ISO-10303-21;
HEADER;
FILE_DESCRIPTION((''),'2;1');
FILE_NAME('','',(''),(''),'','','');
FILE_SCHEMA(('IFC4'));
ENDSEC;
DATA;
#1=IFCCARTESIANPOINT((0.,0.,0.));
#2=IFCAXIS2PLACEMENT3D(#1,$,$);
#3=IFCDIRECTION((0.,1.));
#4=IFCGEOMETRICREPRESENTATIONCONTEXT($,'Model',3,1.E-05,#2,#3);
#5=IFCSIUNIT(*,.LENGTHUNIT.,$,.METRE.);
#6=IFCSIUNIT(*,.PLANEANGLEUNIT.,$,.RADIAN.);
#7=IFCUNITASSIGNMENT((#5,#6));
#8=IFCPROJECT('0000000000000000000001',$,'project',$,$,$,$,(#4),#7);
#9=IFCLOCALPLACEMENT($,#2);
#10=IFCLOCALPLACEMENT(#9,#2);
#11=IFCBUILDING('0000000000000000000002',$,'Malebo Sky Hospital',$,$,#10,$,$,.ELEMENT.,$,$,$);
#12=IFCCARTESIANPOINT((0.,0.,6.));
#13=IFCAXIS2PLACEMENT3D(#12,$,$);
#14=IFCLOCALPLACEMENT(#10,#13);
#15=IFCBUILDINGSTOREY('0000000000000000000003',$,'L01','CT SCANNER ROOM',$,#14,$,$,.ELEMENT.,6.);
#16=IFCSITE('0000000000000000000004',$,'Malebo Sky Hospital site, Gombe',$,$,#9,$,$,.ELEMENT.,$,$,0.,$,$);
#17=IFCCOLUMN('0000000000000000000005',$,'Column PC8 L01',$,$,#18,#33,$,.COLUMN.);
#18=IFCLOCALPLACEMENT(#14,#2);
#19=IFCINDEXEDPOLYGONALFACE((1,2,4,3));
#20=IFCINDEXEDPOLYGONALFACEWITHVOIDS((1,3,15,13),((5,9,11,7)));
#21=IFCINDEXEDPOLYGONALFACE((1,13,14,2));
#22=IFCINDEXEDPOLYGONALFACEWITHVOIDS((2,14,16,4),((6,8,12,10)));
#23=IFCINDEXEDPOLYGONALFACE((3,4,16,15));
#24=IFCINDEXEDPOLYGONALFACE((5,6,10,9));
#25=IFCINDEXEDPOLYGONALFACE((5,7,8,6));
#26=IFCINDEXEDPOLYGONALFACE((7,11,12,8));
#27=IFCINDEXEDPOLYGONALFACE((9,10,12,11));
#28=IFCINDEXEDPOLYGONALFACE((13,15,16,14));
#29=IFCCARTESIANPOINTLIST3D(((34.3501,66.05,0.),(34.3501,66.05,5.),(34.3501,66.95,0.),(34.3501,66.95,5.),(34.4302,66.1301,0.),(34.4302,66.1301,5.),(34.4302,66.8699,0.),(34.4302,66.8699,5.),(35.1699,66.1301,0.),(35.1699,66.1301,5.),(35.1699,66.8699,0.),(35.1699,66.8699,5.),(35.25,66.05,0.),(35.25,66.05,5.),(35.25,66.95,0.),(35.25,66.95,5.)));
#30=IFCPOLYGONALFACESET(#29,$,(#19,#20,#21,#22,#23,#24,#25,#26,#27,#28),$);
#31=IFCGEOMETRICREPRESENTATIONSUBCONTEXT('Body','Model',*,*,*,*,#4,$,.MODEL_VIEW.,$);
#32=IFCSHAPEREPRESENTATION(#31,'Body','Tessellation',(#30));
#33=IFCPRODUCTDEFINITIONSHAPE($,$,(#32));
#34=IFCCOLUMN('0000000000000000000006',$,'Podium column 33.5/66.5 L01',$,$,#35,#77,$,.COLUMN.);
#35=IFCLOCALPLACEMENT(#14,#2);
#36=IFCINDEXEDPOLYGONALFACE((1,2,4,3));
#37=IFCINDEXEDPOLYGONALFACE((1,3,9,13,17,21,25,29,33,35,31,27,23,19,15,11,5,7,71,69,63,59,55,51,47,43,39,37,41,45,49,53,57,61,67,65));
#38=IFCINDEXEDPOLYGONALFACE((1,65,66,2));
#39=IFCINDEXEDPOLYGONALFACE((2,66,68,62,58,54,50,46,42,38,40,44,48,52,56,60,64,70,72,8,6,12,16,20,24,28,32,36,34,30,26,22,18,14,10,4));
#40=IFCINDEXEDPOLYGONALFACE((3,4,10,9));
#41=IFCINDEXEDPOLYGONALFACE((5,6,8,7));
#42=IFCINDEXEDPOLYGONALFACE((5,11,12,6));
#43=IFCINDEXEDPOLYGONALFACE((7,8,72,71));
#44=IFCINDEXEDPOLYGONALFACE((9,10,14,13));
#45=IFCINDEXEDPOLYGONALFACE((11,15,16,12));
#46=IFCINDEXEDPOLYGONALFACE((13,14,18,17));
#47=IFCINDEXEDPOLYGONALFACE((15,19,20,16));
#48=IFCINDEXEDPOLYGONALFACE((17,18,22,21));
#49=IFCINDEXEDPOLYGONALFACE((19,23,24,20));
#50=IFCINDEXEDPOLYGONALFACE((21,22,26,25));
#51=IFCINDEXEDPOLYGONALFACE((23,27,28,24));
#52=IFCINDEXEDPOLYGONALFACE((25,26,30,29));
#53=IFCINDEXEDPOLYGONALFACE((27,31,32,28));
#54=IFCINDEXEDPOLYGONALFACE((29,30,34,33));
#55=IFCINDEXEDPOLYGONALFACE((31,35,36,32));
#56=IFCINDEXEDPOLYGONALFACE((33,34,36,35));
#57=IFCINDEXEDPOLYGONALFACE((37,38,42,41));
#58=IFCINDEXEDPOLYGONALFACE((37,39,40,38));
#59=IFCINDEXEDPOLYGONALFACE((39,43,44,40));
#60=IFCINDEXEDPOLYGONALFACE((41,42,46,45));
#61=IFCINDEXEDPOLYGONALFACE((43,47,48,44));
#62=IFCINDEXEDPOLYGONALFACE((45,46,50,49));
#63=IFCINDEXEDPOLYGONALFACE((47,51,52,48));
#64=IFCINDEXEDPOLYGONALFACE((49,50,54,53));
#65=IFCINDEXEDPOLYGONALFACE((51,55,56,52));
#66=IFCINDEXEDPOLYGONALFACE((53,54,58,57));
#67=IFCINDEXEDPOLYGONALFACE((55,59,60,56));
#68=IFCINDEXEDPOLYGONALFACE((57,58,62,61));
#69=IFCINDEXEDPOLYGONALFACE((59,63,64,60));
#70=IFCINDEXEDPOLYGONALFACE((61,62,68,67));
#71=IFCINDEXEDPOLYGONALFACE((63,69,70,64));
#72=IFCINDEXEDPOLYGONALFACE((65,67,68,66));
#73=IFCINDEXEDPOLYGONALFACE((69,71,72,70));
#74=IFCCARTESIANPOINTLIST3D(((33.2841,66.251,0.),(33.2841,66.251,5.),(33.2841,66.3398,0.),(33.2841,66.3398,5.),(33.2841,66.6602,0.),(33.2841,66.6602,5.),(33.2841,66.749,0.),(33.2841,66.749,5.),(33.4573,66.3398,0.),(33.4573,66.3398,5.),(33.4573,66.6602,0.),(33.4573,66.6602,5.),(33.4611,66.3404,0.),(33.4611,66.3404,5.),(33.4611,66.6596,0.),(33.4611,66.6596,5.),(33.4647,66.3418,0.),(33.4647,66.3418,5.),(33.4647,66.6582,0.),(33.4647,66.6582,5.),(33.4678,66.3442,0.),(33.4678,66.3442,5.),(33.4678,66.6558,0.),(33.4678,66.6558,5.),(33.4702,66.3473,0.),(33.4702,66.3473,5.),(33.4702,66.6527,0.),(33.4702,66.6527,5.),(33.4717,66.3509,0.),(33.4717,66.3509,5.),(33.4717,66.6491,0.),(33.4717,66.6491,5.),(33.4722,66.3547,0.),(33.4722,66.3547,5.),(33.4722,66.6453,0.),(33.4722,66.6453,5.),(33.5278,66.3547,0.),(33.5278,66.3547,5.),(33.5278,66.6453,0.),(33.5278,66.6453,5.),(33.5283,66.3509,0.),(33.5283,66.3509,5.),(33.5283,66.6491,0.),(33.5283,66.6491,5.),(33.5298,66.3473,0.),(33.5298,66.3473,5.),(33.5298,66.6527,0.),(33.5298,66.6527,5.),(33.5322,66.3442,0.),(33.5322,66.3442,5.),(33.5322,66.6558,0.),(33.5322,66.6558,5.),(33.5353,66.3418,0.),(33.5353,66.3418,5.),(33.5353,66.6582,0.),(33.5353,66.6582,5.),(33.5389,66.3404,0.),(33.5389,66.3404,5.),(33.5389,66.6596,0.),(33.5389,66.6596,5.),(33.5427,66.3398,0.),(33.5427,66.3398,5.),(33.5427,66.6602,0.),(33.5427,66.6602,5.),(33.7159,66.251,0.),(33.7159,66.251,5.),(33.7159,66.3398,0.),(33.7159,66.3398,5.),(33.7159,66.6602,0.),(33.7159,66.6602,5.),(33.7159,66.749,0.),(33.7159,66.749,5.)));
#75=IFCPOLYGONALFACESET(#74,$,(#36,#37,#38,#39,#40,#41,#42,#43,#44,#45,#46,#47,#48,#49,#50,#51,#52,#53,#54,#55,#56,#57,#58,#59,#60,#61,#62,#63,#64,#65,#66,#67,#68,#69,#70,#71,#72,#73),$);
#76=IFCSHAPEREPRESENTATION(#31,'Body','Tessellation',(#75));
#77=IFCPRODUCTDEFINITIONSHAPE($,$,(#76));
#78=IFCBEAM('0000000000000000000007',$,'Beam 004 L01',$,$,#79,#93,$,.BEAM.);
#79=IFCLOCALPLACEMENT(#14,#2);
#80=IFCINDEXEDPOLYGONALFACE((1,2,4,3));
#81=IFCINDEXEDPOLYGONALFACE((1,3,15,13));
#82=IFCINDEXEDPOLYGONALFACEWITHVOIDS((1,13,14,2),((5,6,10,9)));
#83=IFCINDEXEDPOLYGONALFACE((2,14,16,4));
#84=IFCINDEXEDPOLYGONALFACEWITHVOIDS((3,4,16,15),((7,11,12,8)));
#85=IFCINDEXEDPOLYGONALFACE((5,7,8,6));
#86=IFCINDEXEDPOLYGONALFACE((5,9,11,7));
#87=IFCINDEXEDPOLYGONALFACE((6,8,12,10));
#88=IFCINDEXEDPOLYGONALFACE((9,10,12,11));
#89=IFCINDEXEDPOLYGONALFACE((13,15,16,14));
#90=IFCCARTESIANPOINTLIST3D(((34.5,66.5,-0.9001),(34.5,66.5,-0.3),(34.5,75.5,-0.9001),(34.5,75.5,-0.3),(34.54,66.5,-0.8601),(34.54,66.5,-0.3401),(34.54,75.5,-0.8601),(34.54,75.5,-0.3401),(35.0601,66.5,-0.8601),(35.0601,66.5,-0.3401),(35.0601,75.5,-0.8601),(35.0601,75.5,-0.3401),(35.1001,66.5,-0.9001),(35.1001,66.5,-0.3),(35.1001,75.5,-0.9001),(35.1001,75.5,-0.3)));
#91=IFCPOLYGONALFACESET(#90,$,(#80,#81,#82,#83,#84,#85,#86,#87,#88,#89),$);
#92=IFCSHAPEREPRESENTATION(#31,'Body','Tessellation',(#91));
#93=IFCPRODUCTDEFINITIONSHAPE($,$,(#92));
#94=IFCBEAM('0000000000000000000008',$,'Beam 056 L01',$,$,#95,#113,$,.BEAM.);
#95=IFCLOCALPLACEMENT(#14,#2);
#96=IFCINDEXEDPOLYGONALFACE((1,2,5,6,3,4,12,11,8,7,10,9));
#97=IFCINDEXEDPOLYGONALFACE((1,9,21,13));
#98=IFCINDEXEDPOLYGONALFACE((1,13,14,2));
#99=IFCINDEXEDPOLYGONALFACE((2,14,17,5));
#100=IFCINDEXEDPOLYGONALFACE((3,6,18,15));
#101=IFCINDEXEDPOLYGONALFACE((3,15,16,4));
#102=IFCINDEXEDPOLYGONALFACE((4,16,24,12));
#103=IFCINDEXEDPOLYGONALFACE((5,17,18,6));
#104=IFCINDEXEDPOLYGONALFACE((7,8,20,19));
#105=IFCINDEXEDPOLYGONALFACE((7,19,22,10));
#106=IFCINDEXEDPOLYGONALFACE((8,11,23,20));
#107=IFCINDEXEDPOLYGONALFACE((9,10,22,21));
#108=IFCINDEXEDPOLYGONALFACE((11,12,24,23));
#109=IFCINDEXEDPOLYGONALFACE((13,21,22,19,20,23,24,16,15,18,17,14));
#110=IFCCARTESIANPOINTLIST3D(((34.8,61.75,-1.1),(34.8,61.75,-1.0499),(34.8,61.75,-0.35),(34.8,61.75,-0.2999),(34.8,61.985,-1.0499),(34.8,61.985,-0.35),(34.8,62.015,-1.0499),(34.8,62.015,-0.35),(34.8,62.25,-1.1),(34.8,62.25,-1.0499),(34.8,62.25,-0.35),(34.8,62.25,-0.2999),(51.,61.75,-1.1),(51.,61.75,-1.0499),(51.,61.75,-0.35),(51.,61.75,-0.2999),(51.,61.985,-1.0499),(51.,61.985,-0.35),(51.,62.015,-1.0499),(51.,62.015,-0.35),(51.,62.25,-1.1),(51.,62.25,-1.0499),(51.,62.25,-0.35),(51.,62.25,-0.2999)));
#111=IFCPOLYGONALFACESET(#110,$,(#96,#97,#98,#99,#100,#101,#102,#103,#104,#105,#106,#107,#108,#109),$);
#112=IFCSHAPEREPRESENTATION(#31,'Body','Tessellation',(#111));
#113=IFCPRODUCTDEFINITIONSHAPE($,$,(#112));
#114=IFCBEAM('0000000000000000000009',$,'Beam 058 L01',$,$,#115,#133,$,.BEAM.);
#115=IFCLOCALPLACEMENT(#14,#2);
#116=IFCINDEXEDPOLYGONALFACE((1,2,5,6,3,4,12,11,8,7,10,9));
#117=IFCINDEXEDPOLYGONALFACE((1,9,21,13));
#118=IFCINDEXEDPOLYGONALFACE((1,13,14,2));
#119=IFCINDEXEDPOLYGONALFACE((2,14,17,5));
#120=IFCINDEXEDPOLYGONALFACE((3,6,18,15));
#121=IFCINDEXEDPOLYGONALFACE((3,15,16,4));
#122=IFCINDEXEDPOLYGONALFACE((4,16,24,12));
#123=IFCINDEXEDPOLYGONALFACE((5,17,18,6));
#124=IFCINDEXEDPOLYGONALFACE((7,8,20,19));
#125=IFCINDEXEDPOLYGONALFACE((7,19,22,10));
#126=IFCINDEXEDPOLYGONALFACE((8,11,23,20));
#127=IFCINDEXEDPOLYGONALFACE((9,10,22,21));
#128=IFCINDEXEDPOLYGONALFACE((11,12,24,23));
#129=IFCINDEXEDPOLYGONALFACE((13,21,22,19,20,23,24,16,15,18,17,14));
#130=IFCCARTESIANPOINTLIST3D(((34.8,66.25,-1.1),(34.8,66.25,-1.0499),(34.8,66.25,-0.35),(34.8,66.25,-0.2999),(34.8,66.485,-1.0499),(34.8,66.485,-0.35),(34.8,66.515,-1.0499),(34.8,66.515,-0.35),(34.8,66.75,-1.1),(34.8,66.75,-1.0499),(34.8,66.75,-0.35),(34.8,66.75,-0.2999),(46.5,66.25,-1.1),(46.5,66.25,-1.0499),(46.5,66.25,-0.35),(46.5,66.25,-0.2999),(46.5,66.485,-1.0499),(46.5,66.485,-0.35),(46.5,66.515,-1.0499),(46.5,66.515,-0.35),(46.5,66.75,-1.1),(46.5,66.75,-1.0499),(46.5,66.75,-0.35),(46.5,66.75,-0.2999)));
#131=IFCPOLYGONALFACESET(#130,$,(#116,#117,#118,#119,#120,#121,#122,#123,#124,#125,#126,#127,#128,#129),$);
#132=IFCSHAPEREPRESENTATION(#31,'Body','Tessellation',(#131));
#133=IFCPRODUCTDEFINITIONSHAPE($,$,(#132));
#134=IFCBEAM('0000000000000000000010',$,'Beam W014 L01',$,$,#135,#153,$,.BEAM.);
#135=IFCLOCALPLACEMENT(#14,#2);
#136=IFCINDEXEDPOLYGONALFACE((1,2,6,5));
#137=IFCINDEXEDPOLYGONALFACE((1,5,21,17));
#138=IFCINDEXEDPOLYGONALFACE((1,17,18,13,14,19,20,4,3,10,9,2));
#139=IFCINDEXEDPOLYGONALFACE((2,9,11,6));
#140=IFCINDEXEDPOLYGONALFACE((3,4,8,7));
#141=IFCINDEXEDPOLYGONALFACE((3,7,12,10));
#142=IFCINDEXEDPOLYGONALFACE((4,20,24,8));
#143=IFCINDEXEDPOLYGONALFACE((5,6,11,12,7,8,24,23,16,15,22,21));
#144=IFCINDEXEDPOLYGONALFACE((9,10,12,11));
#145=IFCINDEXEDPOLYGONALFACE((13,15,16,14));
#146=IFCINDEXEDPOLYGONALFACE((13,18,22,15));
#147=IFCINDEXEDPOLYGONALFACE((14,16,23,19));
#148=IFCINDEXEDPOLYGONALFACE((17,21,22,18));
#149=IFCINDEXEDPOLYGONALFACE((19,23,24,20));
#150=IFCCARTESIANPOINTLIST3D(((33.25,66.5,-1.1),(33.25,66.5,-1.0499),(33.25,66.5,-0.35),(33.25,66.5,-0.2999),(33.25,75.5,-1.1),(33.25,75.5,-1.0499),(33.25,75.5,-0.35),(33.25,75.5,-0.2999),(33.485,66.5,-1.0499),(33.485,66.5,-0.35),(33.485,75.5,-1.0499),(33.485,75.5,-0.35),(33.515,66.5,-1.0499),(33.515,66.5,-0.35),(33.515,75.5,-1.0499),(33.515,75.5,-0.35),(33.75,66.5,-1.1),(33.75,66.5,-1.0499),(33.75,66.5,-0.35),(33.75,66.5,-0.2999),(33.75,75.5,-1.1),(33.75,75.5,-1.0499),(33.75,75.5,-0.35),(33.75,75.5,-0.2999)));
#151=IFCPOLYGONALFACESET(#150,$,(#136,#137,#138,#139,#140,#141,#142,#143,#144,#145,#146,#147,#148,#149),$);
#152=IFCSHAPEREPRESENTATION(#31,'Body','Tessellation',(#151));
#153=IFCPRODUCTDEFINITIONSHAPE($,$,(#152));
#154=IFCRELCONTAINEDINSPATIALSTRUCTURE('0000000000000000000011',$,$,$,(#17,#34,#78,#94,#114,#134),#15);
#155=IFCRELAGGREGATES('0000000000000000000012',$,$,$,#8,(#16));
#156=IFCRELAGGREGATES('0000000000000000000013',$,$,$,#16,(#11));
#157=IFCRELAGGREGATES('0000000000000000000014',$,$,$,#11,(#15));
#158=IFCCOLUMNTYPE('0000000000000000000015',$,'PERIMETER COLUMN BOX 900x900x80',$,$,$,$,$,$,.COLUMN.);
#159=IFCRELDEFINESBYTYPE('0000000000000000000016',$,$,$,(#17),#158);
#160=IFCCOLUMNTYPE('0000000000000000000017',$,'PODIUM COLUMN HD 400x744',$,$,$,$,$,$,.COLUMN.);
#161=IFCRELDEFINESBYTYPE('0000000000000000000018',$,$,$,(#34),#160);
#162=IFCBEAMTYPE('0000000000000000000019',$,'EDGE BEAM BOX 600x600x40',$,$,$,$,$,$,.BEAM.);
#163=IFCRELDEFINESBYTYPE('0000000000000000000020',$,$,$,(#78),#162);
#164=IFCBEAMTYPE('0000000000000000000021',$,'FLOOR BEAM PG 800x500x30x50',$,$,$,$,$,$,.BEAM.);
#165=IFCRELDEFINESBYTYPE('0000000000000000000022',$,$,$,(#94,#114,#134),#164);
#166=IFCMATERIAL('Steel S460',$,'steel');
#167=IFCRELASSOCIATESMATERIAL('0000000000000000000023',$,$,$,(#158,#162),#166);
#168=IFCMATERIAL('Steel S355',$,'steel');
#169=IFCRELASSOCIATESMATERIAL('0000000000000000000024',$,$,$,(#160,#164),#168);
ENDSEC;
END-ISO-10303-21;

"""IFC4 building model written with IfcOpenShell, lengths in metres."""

from ifc_helpers import new_model, si_unit, direction, frame, origin, origin_2d, place, context, subcontext, project, spatial, hollow_rectangle, i_section, extrude, material, material_profile, profile_set, type_object, element, save


model = new_model("IFC4")

# Units and contexts
model_context = context("Model", 3, precision=1e-05, world=origin(), true_north=direction((0.0, 1.0)))
body_context = subcontext(model_context, "Body", "Model", "MODEL_VIEW")
ifc_project = project(units=[si_unit("LENGTHUNIT", "METRE"), si_unit("PLANEANGLEUNIT", "RADIAN")], contexts=[model_context])

# Site, building, storey
site_placement = place(None, origin())
site = spatial("IfcSite", under=ifc_project, at=site_placement, Name="Malebo Sky Hospital site, Gombe", CompositionType="ELEMENT", RefElevation=0.0)
building_placement = place(site_placement, origin())
building = spatial("IfcBuilding", under=site, at=building_placement, Name="Malebo Sky Hospital", CompositionType="ELEMENT")
storey_placement = place(building_placement, frame((0.0, 0.0, 6.0)))
storey = spatial("IfcBuildingStorey", under=building, at=storey_placement, Name="L01", Description="CT SCANNER ROOM", CompositionType="ELEMENT", Elevation=6.0)

# Columns
ifc_material_1 = material(Name="Steel S460", Category="steel")
ifc_material_profile_1 = material_profile(ifc_material_1, hollow_rectangle(XDim=0.8999, YDim=0.8999, WallThickness=0.0801, at=origin_2d()), Name="BOX 900x900x80")
ifc_profile_set_1 = profile_set([ifc_material_profile_1], Name="Steel S460")
column_type_1 = type_object("IfcColumnType", Name="PERIMETER COLUMN BOX 900x900x80", PredefinedType="COLUMN", material=ifc_profile_set_1)
column_1_placement = place(storey_placement, frame((34.8, 66.5, 0.0), z_axis=(0.0, 0.0, 1.0), x_axis=(1.0, 0.0, 0.0)))
element("IfcColumn", 1, at=column_1_placement, inside=storey, type_object=column_type_1, Name="Column PC8 L01", PredefinedType="COLUMN", context=body_context, shape_type="SweptSolid", body=[
    extrude(hollow_rectangle(XDim=0.8999, YDim=0.8999, WallThickness=0.0801, at=origin_2d()), origin(), (0.0, 0.0, 1.0), 5.0),
])
ifc_material_2 = material(Name="Steel S355", Category="steel")
ifc_material_profile_2 = material_profile(ifc_material_2, i_section(OverallWidth=0.4319, OverallDepth=0.498, WebThickness=0.0557, FlangeThickness=0.0889, FilletRadius=0.0149, at=origin_2d()), Name="HD 400x744")
ifc_profile_set_2 = profile_set([ifc_material_profile_2], Name="Steel S355")
column_type_2 = type_object("IfcColumnType", Name="PODIUM COLUMN HD 400x744", PredefinedType="COLUMN", material=ifc_profile_set_2)
column_2_placement = place(storey_placement, frame((33.5, 66.5, 0.0), z_axis=(0.0, 0.0, 1.0), x_axis=(1.0, 0.0, 0.0)))
element("IfcColumn", 2, at=column_2_placement, inside=storey, type_object=column_type_2, Name="Podium column 33.5/66.5 L01", PredefinedType="COLUMN", context=body_context, shape_type="SweptSolid", body=[
    extrude(i_section(OverallWidth=0.4319, OverallDepth=0.498, WebThickness=0.0557, FlangeThickness=0.0889, FilletRadius=0.0149, at=origin_2d()), origin(), (0.0, 0.0, 1.0), 5.0),
])

# Beams
ifc_material_profile_3 = material_profile(ifc_material_1, hollow_rectangle(XDim=0.6001, YDim=0.6001, WallThickness=0.04, at=origin_2d()), Name="BOX 600x600x40")
ifc_profile_set_3 = profile_set([ifc_material_profile_3], Name="Steel S460")
beam_type_1 = type_object("IfcBeamType", Name="EDGE BEAM BOX 600x600x40", PredefinedType="BEAM", material=ifc_profile_set_3)
beam_1_placement = place(storey_placement, frame((34.8, 66.5, -0.6001), z_axis=(0.0, 1.0, 0.0), x_axis=(-1.0, 0.0, 0.0)))
element("IfcBeam", 3, at=beam_1_placement, inside=storey, type_object=beam_type_1, Name="Beam 004 L01", PredefinedType="BEAM", context=body_context, shape_type="SweptSolid", body=[
    extrude(hollow_rectangle(XDim=0.6001, YDim=0.6001, WallThickness=0.04, at=origin_2d()), origin(), (0.0, 0.0, 1.0), 9.0),
])
ifc_material_profile_4 = material_profile(ifc_material_2, i_section(OverallWidth=0.5, OverallDepth=0.8, WebThickness=0.03, FlangeThickness=0.05, at=origin_2d()), Name="PG 800x500x30x50")
ifc_profile_set_4 = profile_set([ifc_material_profile_4], Name="Steel S355")
beam_type_2 = type_object("IfcBeamType", Name="FLOOR BEAM PG 800x500x30x50", PredefinedType="BEAM", material=ifc_profile_set_4)
beam_2_placement = place(storey_placement, frame((34.8, 62.0, -0.7), z_axis=(1.0, 0.0, 0.0), x_axis=(0.0, 1.0, 0.0)))
element("IfcBeam", 4, at=beam_2_placement, inside=storey, type_object=beam_type_2, Name="Beam 056 L01", PredefinedType="BEAM", context=body_context, shape_type="SweptSolid", body=[
    extrude(i_section(OverallWidth=0.5, OverallDepth=0.8, WebThickness=0.03, FlangeThickness=0.05, at=origin_2d()), origin(), (0.0, 0.0, 1.0), 16.2),
])
beam_3_placement = place(storey_placement, frame((34.8, 66.5, -0.7), z_axis=(1.0, 0.0, 0.0), x_axis=(0.0, 1.0, 0.0)))
element("IfcBeam", 5, at=beam_3_placement, inside=storey, type_object=beam_type_2, Name="Beam 058 L01", PredefinedType="BEAM", context=body_context, shape_type="SweptSolid", body=[
    extrude(i_section(OverallWidth=0.5, OverallDepth=0.8, WebThickness=0.03, FlangeThickness=0.05, at=origin_2d()), origin(), (0.0, 0.0, 1.0), 11.7),
])
beam_4_placement = place(storey_placement, frame((33.5, 66.5, -0.7), z_axis=(0.0, 1.0, 0.0), x_axis=(-1.0, 0.0, 0.0)))
element("IfcBeam", 6, at=beam_4_placement, inside=storey, type_object=beam_type_2, Name="Beam W014 L01", PredefinedType="BEAM", context=body_context, shape_type="SweptSolid", body=[
    extrude(i_section(OverallWidth=0.5, OverallDepth=0.8, WebThickness=0.03, FlangeThickness=0.05, at=origin_2d()), origin(), (0.0, 0.0, 1.0), 9.0),
])

save(model, "model.ifc")
